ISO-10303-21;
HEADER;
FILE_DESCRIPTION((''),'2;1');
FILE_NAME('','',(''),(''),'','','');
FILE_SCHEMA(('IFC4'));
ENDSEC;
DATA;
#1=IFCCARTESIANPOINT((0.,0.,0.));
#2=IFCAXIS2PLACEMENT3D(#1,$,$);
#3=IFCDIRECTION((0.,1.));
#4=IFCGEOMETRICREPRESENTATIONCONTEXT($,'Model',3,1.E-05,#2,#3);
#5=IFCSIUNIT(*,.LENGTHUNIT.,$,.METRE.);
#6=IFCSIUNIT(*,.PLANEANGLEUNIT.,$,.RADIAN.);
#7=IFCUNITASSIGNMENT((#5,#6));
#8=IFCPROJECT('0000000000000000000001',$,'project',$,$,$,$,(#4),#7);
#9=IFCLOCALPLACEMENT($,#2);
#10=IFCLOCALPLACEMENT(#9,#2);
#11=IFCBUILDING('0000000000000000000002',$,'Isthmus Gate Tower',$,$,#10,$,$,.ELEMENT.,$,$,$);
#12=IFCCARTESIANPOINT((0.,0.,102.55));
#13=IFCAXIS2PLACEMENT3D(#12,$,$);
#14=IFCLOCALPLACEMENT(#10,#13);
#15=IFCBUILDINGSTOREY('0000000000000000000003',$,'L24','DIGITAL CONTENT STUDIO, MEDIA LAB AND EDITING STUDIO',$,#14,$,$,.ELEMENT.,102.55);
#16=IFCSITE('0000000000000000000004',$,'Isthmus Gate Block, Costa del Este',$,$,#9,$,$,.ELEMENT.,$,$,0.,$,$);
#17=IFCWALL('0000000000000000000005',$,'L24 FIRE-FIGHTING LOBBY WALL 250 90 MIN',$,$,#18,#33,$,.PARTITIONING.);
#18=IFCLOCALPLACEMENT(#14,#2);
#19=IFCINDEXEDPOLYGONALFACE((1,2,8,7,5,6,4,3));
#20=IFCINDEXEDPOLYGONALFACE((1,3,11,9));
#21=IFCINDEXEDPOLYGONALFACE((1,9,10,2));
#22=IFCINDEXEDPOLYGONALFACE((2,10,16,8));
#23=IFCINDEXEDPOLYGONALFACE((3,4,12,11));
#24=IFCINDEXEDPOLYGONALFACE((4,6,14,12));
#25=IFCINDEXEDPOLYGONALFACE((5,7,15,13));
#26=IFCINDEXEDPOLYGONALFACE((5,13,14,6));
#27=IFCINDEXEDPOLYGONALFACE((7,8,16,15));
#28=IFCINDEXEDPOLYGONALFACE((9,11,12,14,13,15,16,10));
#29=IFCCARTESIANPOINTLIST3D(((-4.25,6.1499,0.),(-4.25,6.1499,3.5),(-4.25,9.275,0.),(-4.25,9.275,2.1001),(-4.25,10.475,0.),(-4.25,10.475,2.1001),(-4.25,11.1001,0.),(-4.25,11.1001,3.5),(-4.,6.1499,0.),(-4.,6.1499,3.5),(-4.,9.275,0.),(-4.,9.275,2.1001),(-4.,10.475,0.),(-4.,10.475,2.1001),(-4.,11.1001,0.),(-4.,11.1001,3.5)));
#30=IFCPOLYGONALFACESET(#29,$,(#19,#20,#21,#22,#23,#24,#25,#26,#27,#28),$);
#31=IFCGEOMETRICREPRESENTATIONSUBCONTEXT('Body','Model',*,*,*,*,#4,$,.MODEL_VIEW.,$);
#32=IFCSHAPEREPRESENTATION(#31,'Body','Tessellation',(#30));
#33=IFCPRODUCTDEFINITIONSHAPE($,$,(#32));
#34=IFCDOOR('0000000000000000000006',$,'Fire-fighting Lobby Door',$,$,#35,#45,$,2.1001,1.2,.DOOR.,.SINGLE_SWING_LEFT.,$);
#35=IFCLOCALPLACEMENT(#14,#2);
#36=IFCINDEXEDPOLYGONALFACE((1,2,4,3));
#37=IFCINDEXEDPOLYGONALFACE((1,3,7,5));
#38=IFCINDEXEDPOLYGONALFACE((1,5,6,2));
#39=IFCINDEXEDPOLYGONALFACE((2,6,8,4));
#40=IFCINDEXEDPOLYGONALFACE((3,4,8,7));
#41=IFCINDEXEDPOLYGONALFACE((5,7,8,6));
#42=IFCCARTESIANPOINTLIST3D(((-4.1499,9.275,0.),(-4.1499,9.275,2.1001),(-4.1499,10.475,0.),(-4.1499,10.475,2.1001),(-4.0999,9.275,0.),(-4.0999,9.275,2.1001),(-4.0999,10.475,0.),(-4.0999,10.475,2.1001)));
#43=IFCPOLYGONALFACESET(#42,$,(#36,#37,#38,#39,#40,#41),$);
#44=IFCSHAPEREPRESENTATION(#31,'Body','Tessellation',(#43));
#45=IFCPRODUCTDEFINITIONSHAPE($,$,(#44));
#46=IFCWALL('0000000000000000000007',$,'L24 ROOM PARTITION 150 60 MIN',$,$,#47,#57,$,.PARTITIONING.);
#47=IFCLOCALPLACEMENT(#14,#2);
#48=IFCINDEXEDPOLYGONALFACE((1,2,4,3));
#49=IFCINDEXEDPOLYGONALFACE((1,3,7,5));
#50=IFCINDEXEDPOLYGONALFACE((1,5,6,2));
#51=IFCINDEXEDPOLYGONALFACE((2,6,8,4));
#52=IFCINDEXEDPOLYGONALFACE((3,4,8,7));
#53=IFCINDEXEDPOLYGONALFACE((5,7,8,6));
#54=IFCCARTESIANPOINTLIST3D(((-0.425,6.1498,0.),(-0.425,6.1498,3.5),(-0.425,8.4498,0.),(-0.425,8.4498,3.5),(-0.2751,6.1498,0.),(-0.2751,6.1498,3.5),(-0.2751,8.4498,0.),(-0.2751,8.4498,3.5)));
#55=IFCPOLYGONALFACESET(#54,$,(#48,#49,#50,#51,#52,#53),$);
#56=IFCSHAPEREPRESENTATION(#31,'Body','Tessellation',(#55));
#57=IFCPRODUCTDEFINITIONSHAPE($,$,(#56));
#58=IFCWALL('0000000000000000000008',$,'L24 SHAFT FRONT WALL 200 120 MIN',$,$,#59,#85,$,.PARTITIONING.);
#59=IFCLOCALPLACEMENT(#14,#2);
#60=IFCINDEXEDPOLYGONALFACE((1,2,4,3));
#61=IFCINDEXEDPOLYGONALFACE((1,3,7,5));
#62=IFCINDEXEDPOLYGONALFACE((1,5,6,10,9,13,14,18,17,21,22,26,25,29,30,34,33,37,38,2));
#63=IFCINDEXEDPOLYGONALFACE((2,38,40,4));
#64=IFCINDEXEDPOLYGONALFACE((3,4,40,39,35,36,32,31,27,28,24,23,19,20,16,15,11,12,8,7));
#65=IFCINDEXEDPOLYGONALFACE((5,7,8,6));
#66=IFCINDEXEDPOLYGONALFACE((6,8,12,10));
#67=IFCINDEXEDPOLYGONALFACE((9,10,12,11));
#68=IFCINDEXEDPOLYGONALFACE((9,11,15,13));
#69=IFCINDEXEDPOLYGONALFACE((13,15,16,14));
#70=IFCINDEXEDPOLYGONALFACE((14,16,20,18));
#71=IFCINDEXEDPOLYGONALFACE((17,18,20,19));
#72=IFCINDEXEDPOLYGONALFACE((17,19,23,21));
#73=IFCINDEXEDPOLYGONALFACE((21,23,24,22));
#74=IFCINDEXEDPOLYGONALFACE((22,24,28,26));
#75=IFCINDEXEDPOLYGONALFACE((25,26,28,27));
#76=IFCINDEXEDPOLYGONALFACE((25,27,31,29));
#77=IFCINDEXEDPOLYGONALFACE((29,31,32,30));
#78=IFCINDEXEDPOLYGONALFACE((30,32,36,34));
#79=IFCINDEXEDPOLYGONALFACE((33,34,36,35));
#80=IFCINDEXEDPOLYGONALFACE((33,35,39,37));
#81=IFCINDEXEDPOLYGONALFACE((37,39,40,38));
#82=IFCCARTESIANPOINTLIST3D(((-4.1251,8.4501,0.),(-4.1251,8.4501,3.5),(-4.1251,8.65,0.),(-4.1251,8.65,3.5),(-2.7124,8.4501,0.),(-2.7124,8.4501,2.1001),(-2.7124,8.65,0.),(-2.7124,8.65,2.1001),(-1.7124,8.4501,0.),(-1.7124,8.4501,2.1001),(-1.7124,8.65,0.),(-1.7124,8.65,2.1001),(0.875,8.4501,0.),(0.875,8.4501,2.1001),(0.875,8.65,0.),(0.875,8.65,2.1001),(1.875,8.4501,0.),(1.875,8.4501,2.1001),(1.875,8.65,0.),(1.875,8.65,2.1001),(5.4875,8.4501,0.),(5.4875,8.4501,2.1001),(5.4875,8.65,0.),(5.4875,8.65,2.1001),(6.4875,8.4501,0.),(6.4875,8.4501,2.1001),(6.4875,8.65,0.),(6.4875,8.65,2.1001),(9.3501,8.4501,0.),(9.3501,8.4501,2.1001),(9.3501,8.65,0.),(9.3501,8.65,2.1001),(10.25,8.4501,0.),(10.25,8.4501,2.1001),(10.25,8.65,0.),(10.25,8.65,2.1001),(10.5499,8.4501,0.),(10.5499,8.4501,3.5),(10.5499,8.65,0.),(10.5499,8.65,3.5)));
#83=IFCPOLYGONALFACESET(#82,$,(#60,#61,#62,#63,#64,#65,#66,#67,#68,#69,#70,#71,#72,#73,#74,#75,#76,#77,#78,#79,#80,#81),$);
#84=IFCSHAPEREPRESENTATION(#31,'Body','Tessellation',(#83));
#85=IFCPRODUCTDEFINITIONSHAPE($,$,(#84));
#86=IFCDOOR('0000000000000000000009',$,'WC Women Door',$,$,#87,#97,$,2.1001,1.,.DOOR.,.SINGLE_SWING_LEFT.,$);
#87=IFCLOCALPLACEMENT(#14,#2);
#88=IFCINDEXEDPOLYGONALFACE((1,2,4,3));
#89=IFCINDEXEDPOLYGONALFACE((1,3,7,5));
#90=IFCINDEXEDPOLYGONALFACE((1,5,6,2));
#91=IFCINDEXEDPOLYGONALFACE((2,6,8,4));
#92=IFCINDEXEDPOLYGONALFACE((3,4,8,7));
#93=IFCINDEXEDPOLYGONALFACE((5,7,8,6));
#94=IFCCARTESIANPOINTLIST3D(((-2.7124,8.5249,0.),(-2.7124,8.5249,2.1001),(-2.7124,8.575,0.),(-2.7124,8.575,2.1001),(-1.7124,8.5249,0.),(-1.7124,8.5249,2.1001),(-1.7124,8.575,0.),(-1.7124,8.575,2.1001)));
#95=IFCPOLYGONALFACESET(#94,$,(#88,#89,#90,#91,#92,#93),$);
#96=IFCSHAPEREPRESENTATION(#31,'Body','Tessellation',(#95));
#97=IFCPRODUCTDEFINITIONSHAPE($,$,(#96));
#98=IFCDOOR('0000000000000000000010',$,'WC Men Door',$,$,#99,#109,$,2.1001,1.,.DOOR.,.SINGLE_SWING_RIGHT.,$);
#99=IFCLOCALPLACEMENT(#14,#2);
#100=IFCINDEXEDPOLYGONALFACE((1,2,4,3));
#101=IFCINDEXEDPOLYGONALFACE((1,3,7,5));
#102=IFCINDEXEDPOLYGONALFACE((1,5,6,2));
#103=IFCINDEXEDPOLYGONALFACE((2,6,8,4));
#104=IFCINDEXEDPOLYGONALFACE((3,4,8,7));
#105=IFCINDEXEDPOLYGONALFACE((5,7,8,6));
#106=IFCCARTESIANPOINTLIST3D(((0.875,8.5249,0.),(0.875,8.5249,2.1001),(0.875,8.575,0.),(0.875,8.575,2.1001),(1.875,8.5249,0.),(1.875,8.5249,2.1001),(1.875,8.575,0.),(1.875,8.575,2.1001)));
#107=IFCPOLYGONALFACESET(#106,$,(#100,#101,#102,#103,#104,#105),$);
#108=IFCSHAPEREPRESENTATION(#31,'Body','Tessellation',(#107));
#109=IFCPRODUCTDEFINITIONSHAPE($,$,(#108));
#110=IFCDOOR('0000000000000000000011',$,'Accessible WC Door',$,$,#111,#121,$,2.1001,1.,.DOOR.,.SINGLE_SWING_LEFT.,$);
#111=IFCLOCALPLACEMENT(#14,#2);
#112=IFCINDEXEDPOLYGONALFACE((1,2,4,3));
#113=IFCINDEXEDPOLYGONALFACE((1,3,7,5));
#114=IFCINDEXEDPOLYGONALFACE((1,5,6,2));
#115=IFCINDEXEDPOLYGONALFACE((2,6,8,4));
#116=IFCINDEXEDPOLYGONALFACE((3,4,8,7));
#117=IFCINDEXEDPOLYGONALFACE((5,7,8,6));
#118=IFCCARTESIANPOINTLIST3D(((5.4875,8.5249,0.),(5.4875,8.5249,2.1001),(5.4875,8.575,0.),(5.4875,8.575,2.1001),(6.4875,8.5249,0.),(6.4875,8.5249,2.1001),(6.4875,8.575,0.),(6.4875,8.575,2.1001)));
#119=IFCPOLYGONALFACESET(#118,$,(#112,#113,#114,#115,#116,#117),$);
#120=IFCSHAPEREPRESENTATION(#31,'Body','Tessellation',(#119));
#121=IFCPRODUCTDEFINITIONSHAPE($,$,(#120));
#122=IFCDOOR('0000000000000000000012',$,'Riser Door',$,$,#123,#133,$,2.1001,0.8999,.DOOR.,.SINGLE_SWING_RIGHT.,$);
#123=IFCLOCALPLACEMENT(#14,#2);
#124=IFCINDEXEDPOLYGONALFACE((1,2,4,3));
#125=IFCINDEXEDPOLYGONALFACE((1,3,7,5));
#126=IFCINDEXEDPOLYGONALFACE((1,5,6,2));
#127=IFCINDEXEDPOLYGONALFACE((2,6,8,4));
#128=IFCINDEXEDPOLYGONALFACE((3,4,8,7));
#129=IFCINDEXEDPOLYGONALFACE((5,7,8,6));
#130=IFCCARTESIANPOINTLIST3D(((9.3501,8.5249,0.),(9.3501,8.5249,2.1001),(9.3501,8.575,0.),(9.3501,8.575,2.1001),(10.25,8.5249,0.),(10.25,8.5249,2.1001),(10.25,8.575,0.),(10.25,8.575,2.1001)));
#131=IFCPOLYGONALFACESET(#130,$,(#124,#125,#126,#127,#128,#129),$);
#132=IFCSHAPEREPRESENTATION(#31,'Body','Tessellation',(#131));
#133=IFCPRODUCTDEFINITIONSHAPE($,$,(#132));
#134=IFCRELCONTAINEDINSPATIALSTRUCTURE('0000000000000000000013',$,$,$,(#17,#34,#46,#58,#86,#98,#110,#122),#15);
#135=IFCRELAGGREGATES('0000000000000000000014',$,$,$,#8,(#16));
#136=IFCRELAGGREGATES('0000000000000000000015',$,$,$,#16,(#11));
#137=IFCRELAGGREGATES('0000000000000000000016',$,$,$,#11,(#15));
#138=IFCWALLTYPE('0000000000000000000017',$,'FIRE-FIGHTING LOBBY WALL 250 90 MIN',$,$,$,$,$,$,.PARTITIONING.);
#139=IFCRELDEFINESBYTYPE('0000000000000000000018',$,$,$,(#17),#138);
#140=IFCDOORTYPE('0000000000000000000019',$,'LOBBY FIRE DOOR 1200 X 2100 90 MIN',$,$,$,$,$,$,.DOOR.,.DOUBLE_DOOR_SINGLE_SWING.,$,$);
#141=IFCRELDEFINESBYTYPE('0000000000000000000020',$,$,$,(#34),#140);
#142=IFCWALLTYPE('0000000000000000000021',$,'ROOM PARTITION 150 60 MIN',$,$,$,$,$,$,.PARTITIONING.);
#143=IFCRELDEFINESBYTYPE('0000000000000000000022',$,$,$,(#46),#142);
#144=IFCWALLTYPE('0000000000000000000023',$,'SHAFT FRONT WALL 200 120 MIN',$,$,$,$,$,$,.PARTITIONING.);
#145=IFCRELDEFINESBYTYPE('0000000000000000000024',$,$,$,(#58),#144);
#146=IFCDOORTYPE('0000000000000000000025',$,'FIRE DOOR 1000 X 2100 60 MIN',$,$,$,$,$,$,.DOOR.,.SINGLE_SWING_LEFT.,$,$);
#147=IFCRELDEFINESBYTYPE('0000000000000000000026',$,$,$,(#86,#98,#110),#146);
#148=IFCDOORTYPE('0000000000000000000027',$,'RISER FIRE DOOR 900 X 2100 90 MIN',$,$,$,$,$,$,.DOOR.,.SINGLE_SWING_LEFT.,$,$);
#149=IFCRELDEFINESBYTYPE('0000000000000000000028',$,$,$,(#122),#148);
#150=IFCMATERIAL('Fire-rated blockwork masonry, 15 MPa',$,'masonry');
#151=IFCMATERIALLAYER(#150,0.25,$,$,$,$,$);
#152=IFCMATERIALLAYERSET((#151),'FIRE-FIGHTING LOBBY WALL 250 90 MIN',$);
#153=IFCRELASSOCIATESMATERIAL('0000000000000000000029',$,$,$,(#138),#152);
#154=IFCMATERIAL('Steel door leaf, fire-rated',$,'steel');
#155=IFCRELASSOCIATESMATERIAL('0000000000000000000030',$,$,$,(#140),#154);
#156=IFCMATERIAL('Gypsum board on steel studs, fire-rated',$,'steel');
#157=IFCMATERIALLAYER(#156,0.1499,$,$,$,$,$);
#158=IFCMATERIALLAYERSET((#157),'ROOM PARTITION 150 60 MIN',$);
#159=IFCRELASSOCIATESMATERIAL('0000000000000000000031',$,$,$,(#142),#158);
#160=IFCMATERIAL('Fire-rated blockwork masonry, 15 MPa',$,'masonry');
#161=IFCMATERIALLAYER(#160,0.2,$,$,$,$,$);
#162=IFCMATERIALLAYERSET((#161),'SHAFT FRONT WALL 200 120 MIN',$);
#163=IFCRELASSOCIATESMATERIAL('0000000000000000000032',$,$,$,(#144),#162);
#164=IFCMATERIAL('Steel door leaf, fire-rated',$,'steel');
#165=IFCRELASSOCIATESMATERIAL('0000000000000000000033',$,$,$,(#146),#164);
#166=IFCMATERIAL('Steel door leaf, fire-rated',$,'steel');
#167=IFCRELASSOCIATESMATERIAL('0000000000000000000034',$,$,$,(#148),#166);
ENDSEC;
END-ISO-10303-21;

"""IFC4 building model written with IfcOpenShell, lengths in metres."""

from ifc_helpers import new_model, si_unit, direction, frame, frame_2d, origin, place, context, subcontext, project, spatial, rectangle, extrude, material, layer, layer_set, type_object, element, fill, save


model = new_model("IFC4")

# Units and contexts
model_context = context("Model", 3, precision=1e-05, world=origin(), true_north=direction((0.0, 1.0)))
body_context = subcontext(model_context, "Body", "Model", "MODEL_VIEW")
ifc_project = project(units=[si_unit("LENGTHUNIT", "METRE"), si_unit("PLANEANGLEUNIT", "RADIAN")], contexts=[model_context])

# Site, building, storey
site_placement = place(None, origin())
site = spatial("IfcSite", under=ifc_project, at=site_placement, Name="Isthmus Gate Block, Costa del Este", CompositionType="ELEMENT", RefElevation=0.0)
building_placement = place(site_placement, origin())
building = spatial("IfcBuilding", under=site, at=building_placement, Name="Isthmus Gate Tower", CompositionType="ELEMENT")
storey_placement = place(building_placement, frame((0.0, 0.0, 102.55)))
storey = spatial("IfcBuildingStorey", under=building, at=storey_placement, Name="L24", Description="DIGITAL CONTENT STUDIO, MEDIA LAB AND EDITING STUDIO", CompositionType="ELEMENT", Elevation=102.55)

# Wall, opening, door
ifc_material_1 = material(Name="Fire-rated blockwork masonry, 15 MPa", Category="masonry")
ifc_layer_1 = layer(ifc_material_1, 0.25)
ifc_layer_set_1 = layer_set([ifc_layer_1], Name="FIRE-FIGHTING LOBBY WALL 250 90 MIN")
wall_type_1 = type_object("IfcWallType", Name="FIRE-FIGHTING LOBBY WALL 250 90 MIN", PredefinedType="PARTITIONING", material=ifc_layer_set_1)
wall_1_placement = place(storey_placement, frame((-4.125, 6.1499, 0.0), z_axis=(0.0, 0.0, 1.0), x_axis=(0.0, 1.0, 0.0)))
wall_1 = element("IfcWall", 1, at=wall_1_placement, inside=storey, type_object=wall_type_1, Name="L24 FIRE-FIGHTING LOBBY WALL 250 90 MIN", PredefinedType="PARTITIONING", context=body_context, shape_type="SweptSolid", body=[
    extrude(rectangle(XDim=4.9502, YDim=0.25, at=frame_2d((2.4751, 0.0))), origin(), (0.0, 0.0, 1.0), 3.5),
])
opening_1_placement = place(wall_1_placement, frame((3.125, 0.0, 0.0)))
opening_1 = element("IfcOpeningElement", 2, at=opening_1_placement, cuts=wall_1, PredefinedType="OPENING", context=body_context, shape_type="SweptSolid", body=[
    extrude(rectangle(XDim=1.2, YDim=2.1001, at=frame_2d((0.6001, 1.05))), frame((0.0, 0.135, 0.0), z_axis=(0.0, -1.0, 0.0), x_axis=(1.0, 0.0, 0.0)), (0.0, 0.0, 1.0), 0.27),
])
ifc_material_2 = material(Name="Steel door leaf, fire-rated", Category="steel")
door_type_1 = type_object("IfcDoorType", Name="LOBBY FIRE DOOR 1200 X 2100 90 MIN", OperationType="DOUBLE_DOOR_SINGLE_SWING", PredefinedType="DOOR", material=ifc_material_2)
door_1_placement = place(opening_1_placement, origin())
door_1 = element("IfcDoor", 3, at=door_1_placement, inside=storey, type_object=door_type_1, Name="Fire-fighting Lobby Door", OperationType="SINGLE_SWING_LEFT", OverallHeight=2.1001, OverallWidth=1.2, PredefinedType="DOOR", context=body_context, shape_type="SweptSolid", body=[
    extrude(rectangle(XDim=1.2, YDim=2.1001, at=frame_2d((0.6001, 1.05))), frame((0.0, 0.0249, 0.0), z_axis=(0.0, -1.0, 0.0), x_axis=(1.0, 0.0, 0.0)), (0.0, 0.0, 1.0), 0.05),
])
fill(opening_1, door_1)

# Wall
ifc_material_3 = material(Name="Gypsum board on steel studs, fire-rated", Category="steel")
ifc_layer_2 = layer(ifc_material_3, 0.1499)
ifc_layer_set_2 = layer_set([ifc_layer_2], Name="ROOM PARTITION 150 60 MIN")
wall_type_2 = type_object("IfcWallType", Name="ROOM PARTITION 150 60 MIN", PredefinedType="PARTITIONING", material=ifc_layer_set_2)
wall_2_placement = place(storey_placement, frame((-0.3501, 6.1499, 0.0), z_axis=(0.0, 0.0, 1.0), x_axis=(0.0, 1.0, 0.0)))
element("IfcWall", 4, at=wall_2_placement, inside=storey, type_object=wall_type_2, Name="L24 ROOM PARTITION 150 60 MIN", PredefinedType="PARTITIONING", context=body_context, shape_type="SweptSolid", body=[
    extrude(rectangle(XDim=2.3, YDim=0.1499, at=frame_2d((1.1499, 0.0))), origin(), (0.0, 0.0, 1.0), 3.5),
])

# Wall, openings, doors
ifc_material_4 = material(Name="Fire-rated blockwork masonry, 15 MPa", Category="masonry")
ifc_layer_3 = layer(ifc_material_4, 0.2)
ifc_layer_set_3 = layer_set([ifc_layer_3], Name="SHAFT FRONT WALL 200 120 MIN")
wall_type_3 = type_object("IfcWallType", Name="SHAFT FRONT WALL 200 120 MIN", PredefinedType="PARTITIONING", material=ifc_layer_set_3)
wall_3_placement = place(storey_placement, frame((-4.125, 8.55, 0.0), z_axis=(0.0, 0.0, 1.0), x_axis=(1.0, 0.0, 0.0)))
wall_3 = element("IfcWall", 5, at=wall_3_placement, inside=storey, type_object=wall_type_3, Name="L24 SHAFT FRONT WALL 200 120 MIN", PredefinedType="PARTITIONING", context=body_context, shape_type="SweptSolid", body=[
    extrude(rectangle(XDim=14.675, YDim=0.2, at=frame_2d((7.3374, 0.0))), origin(), (0.0, 0.0, 1.0), 3.5),
])
opening_2_placement = place(wall_3_placement, frame((1.4126, 0.0, 0.0)))
opening_2 = element("IfcOpeningElement", 6, at=opening_2_placement, cuts=wall_3, PredefinedType="OPENING", context=body_context, shape_type="SweptSolid", body=[
    extrude(rectangle(XDim=1.0, YDim=2.1001, at=frame_2d((0.5, 1.05))), frame((0.0, 0.1099, 0.0), z_axis=(0.0, -1.0, 0.0), x_axis=(1.0, 0.0, 0.0)), (0.0, 0.0, 1.0), 0.22),
])
opening_3_placement = place(wall_3_placement, frame((5.0, 0.0, 0.0)))
opening_3 = element("IfcOpeningElement", 7, at=opening_3_placement, cuts=wall_3, PredefinedType="OPENING", context=body_context, shape_type="SweptSolid", body=[
    extrude(rectangle(XDim=1.0, YDim=2.1001, at=frame_2d((0.5, 1.05))), frame((0.0, 0.1099, 0.0), z_axis=(0.0, -1.0, 0.0), x_axis=(1.0, 0.0, 0.0)), (0.0, 0.0, 1.0), 0.22),
])
opening_4_placement = place(wall_3_placement, frame((9.6125, 0.0, 0.0)))
opening_4 = element("IfcOpeningElement", 8, at=opening_4_placement, cuts=wall_3, PredefinedType="OPENING", context=body_context, shape_type="SweptSolid", body=[
    extrude(rectangle(XDim=1.0, YDim=2.1001, at=frame_2d((0.5, 1.05))), frame((0.0, 0.1099, 0.0), z_axis=(0.0, -1.0, 0.0), x_axis=(1.0, 0.0, 0.0)), (0.0, 0.0, 1.0), 0.22),
])
opening_5_placement = place(wall_3_placement, frame((13.4751, 0.0, 0.0)))
opening_5 = element("IfcOpeningElement", 9, at=opening_5_placement, cuts=wall_3, PredefinedType="OPENING", context=body_context, shape_type="SweptSolid", body=[
    extrude(rectangle(XDim=0.8999, YDim=2.1001, at=frame_2d((0.45, 1.05))), frame((0.0, 0.1099, 0.0), z_axis=(0.0, -1.0, 0.0), x_axis=(1.0, 0.0, 0.0)), (0.0, 0.0, 1.0), 0.22),
])
ifc_material_5 = material(Name="Steel door leaf, fire-rated", Category="steel")
door_type_2 = type_object("IfcDoorType", Name="FIRE DOOR 1000 X 2100 60 MIN", OperationType="SINGLE_SWING_LEFT", PredefinedType="DOOR", material=ifc_material_5)
door_2_placement = place(opening_2_placement, origin())
door_2 = element("IfcDoor", 10, at=door_2_placement, inside=storey, type_object=door_type_2, Name="WC Women Door", OperationType="SINGLE_SWING_LEFT", OverallHeight=2.1001, OverallWidth=1.0, PredefinedType="DOOR", context=body_context, shape_type="SweptSolid", body=[
    extrude(rectangle(XDim=1.0, YDim=2.1001, at=frame_2d((0.5, 1.05))), frame((0.0, 0.0249, 0.0), z_axis=(0.0, -1.0, 0.0), x_axis=(1.0, 0.0, 0.0)), (0.0, 0.0, 1.0), 0.05),
])
fill(opening_2, door_2)
door_3_placement = place(opening_3_placement, origin())
door_3 = element("IfcDoor", 11, at=door_3_placement, inside=storey, type_object=door_type_2, Name="WC Men Door", OperationType="SINGLE_SWING_RIGHT", OverallHeight=2.1001, OverallWidth=1.0, PredefinedType="DOOR", context=body_context, shape_type="SweptSolid", body=[
    extrude(rectangle(XDim=1.0, YDim=2.1001, at=frame_2d((0.5, 1.05))), frame((0.0, 0.0249, 0.0), z_axis=(0.0, -1.0, 0.0), x_axis=(1.0, 0.0, 0.0)), (0.0, 0.0, 1.0), 0.05),
])
fill(opening_3, door_3)
door_4_placement = place(opening_4_placement, origin())
door_4 = element("IfcDoor", 12, at=door_4_placement, inside=storey, type_object=door_type_2, Name="Accessible WC Door", OperationType="SINGLE_SWING_LEFT", OverallHeight=2.1001, OverallWidth=1.0, PredefinedType="DOOR", context=body_context, shape_type="SweptSolid", body=[
    extrude(rectangle(XDim=1.0, YDim=2.1001, at=frame_2d((0.5, 1.05))), frame((0.0, 0.0249, 0.0), z_axis=(0.0, -1.0, 0.0), x_axis=(1.0, 0.0, 0.0)), (0.0, 0.0, 1.0), 0.05),
])
fill(opening_4, door_4)
ifc_material_6 = material(Name="Steel door leaf, fire-rated", Category="steel")
door_type_3 = type_object("IfcDoorType", Name="RISER FIRE DOOR 900 X 2100 90 MIN", OperationType="SINGLE_SWING_LEFT", PredefinedType="DOOR", material=ifc_material_6)
door_5_placement = place(opening_5_placement, origin())
door_5 = element("IfcDoor", 13, at=door_5_placement, inside=storey, type_object=door_type_3, Name="Riser Door", OperationType="SINGLE_SWING_RIGHT", OverallHeight=2.1001, OverallWidth=0.8999, PredefinedType="DOOR", context=body_context, shape_type="SweptSolid", body=[
    extrude(rectangle(XDim=0.8999, YDim=2.1001, at=frame_2d((0.45, 1.05))), frame((0.0, 0.0249, 0.0), z_axis=(0.0, -1.0, 0.0), x_axis=(1.0, 0.0, 0.0)), (0.0, 0.0, 1.0), 0.05),
])
fill(opening_5, door_5)

save(model, "model.ifc")
